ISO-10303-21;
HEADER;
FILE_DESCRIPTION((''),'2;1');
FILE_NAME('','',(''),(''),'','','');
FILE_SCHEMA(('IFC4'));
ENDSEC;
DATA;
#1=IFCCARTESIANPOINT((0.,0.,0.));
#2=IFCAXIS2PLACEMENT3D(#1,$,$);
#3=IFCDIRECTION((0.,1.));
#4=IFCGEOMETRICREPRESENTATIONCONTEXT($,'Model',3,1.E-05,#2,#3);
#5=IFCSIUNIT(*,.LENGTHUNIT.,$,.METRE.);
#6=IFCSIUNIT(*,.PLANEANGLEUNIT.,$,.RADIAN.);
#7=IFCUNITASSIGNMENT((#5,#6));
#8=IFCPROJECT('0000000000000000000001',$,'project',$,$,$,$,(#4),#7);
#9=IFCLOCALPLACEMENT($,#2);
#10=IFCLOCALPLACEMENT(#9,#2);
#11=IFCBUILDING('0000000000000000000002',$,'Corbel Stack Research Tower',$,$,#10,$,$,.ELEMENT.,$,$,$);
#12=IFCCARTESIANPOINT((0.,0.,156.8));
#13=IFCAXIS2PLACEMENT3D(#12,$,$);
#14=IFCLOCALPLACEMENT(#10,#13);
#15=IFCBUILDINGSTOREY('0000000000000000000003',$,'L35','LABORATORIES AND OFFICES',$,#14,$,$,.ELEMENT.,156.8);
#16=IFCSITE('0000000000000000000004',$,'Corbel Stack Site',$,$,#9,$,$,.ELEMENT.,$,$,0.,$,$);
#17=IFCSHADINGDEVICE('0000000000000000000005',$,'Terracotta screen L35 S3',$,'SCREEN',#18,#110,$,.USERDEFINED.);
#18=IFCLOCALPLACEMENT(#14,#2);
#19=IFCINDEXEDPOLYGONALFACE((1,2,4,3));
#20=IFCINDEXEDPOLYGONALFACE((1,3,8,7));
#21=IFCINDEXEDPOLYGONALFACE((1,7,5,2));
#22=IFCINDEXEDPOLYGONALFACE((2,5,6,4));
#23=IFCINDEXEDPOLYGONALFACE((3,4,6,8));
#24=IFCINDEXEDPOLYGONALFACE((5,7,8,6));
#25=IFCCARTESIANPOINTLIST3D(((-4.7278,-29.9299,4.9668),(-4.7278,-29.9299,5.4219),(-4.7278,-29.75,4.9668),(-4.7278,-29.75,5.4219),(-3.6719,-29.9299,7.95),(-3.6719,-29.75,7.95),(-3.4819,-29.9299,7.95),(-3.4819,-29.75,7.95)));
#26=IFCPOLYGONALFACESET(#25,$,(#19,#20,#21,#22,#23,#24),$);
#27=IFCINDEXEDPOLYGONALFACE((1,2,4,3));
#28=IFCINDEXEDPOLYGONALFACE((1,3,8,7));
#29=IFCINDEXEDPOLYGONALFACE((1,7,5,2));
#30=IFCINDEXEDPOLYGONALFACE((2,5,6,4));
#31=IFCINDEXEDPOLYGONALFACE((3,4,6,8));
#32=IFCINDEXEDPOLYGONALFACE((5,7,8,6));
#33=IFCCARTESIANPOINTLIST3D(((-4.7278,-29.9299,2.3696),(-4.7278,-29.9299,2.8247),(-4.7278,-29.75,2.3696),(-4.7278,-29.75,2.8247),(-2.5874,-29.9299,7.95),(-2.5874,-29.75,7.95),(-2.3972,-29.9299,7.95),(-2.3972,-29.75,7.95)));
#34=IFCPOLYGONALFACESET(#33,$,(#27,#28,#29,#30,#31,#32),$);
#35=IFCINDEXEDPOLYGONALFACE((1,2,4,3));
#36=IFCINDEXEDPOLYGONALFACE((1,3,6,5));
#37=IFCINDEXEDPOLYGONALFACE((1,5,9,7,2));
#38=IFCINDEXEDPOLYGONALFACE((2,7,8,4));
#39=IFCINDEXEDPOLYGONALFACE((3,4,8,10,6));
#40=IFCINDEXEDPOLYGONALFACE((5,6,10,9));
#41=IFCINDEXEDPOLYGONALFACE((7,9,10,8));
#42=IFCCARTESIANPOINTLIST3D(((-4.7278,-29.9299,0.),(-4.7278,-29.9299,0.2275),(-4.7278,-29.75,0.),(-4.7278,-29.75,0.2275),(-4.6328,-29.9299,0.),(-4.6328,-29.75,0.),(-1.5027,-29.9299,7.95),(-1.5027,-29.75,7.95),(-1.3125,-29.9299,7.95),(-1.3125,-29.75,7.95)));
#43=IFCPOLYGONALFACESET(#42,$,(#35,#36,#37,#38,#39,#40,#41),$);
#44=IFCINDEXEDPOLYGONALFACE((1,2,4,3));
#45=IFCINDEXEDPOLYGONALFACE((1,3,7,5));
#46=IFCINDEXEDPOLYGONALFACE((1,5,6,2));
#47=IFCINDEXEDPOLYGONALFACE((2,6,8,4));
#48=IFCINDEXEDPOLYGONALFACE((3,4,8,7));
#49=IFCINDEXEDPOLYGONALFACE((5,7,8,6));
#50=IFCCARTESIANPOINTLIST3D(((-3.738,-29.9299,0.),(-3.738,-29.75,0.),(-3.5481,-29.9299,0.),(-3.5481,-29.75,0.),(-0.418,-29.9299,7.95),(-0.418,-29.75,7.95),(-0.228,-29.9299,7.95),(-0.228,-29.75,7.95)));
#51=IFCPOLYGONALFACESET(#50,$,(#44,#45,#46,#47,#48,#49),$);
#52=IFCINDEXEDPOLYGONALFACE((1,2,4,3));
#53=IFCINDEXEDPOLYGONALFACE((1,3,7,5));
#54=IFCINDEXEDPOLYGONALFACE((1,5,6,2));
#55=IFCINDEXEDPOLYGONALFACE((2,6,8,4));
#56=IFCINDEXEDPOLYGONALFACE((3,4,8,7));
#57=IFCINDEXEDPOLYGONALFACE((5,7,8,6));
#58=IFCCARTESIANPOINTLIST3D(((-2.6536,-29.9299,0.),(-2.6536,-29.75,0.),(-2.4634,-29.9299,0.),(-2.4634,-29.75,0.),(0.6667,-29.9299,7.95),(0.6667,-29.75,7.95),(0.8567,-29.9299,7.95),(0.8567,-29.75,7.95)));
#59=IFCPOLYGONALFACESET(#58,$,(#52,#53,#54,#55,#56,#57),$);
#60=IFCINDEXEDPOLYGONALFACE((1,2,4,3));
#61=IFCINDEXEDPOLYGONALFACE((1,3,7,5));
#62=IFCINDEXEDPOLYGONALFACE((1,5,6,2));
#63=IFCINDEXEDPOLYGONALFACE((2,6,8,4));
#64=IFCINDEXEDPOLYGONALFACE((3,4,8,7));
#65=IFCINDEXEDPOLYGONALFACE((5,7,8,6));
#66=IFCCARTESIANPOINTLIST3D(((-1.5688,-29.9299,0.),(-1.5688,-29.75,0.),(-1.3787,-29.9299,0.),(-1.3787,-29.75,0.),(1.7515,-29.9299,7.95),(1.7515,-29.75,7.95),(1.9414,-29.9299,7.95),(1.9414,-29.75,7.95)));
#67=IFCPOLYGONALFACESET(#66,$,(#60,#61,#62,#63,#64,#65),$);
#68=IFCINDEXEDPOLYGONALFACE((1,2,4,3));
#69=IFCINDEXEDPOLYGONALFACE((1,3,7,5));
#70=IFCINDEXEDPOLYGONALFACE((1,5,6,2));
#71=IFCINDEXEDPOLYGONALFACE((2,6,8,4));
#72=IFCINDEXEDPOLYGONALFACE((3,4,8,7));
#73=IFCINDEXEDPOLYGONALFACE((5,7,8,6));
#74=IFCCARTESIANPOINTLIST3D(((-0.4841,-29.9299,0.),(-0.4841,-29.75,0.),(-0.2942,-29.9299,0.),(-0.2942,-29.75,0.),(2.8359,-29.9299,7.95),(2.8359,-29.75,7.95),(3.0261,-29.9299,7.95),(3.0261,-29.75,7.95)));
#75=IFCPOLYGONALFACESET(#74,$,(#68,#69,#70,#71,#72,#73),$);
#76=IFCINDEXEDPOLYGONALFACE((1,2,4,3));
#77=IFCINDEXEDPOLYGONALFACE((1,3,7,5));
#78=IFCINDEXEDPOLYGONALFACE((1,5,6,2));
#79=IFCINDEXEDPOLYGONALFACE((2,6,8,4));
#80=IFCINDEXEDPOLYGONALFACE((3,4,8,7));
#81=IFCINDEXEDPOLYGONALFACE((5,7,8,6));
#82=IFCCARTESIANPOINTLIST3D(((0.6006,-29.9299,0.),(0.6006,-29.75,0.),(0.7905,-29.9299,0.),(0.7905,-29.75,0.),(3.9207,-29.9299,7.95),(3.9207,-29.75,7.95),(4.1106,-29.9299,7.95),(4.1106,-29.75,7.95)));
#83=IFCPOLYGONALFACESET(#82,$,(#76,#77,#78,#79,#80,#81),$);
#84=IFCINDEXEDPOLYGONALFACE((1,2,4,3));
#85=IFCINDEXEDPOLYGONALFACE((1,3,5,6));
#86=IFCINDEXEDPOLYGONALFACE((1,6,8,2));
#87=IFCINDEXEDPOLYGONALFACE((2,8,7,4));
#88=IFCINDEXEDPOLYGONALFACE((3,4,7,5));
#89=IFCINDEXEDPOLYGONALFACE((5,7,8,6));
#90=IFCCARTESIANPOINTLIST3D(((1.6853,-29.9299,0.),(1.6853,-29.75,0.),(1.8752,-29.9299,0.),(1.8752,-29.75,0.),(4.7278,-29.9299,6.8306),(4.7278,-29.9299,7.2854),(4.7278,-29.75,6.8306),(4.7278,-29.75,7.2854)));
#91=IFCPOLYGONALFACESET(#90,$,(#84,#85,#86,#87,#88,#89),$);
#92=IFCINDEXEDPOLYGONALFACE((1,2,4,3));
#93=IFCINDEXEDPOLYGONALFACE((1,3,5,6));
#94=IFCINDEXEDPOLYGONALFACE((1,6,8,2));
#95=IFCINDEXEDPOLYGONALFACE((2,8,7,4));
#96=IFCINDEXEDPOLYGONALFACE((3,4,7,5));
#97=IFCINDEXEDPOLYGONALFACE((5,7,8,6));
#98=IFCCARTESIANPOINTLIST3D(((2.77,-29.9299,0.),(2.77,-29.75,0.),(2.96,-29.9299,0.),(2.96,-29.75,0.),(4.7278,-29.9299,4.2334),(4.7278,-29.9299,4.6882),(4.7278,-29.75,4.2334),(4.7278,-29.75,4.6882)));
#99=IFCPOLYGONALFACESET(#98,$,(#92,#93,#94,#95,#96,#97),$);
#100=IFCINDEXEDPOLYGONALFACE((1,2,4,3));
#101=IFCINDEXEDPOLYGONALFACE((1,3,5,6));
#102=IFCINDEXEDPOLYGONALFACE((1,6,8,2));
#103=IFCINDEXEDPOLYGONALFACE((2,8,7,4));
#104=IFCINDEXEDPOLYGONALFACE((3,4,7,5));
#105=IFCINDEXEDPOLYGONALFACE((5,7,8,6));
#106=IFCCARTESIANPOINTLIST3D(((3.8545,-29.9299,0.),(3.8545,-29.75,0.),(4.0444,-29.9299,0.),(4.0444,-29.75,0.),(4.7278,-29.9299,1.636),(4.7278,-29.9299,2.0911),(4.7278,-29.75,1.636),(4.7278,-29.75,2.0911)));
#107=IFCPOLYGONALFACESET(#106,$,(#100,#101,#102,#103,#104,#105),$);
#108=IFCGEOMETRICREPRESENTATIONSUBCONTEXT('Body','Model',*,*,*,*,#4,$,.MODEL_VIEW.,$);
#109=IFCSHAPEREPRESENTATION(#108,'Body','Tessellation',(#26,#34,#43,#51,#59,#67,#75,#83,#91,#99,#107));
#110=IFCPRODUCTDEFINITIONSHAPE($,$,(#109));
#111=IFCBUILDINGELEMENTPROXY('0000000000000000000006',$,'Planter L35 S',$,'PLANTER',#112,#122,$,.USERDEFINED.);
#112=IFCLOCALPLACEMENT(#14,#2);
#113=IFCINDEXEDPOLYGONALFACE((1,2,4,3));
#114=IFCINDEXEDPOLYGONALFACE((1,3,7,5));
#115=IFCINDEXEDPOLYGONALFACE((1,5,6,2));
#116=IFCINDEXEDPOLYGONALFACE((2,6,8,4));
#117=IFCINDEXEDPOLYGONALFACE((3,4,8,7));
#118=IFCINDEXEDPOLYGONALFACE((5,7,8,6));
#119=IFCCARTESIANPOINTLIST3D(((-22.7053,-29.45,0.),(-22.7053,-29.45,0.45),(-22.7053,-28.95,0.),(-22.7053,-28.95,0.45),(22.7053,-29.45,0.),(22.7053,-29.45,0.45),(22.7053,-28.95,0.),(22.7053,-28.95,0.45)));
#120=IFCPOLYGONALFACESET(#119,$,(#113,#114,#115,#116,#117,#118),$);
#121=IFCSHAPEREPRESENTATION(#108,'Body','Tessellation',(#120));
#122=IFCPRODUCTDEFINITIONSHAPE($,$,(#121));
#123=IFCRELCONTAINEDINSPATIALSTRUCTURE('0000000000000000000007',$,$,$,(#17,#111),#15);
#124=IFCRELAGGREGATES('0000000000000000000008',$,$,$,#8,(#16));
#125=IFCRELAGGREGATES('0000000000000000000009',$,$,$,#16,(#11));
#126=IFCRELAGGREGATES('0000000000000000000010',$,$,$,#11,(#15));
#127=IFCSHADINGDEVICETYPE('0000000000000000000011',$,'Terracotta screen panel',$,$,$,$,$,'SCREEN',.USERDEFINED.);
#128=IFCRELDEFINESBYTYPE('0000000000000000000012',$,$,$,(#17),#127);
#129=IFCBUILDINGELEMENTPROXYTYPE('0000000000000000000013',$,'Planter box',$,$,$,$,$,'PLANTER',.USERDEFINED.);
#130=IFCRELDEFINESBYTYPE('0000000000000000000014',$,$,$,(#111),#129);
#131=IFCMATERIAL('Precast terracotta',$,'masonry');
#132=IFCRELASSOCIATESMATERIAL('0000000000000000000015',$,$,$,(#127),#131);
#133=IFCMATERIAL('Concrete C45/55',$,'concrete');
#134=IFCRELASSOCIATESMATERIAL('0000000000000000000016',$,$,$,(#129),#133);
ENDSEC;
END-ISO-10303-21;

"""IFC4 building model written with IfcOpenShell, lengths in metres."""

from ifc_helpers import new_model, si_unit, direction, frame, origin, origin_2d, place, context, subcontext, project, spatial, polyline, rectangle, outline, extrude, source, transform, mapped, material, type_object, element, save


model = new_model("IFC4")

# Units and contexts
model_context = context("Model", 3, precision=1e-05, world=origin(), true_north=direction((0.0, 1.0)))
body_context = subcontext(model_context, "Body", "Model", "MODEL_VIEW")
ifc_project = project(units=[si_unit("LENGTHUNIT", "METRE"), si_unit("PLANEANGLEUNIT", "RADIAN")], contexts=[model_context])

# Site, building, storey
site_placement = place(None, origin())
site = spatial("IfcSite", under=ifc_project, at=site_placement, Name="Corbel Stack Site", CompositionType="ELEMENT", RefElevation=0.0)
building_placement = place(site_placement, origin())
building = spatial("IfcBuilding", under=site, at=building_placement, Name="Corbel Stack Research Tower", CompositionType="ELEMENT")
storey_placement = place(building_placement, frame((0.0, 0.0, 156.8)))
storey = spatial("IfcBuildingStorey", under=building, at=storey_placement, Name="L35", Description="LABORATORIES AND OFFICES", CompositionType="ELEMENT", Elevation=156.8)

# Shading device
ifc_material_1 = material(Name="Precast terracotta", Category="masonry")
shading_device_type = type_object("IfcShadingDeviceType", Name="Terracotta screen panel", ElementType="SCREEN", PredefinedType="USERDEFINED", material=ifc_material_1)
shared_shape = source(origin(), body_context, "Body", "SweptSolid", [
    extrude(outline(polyline([(1.2458, 7.95), (1.0559, 7.95), (0.0, 5.4219), (0.0, 4.9668), (1.2458, 7.95)])), frame((0.0, 0.0, 0.0), z_axis=(0.0, -1.0, 0.0), x_axis=(1.0, 0.0, 0.0)), (0.0, 0.0, 1.0), 0.1799),
    extrude(outline(polyline([(2.3306, 7.95), (2.1404, 7.95), (0.0, 2.8247), (0.0, 2.3696), (2.3306, 7.95)])), frame((0.0, 0.0, 0.0), z_axis=(0.0, -1.0, 0.0), x_axis=(1.0, 0.0, 0.0)), (0.0, 0.0, 1.0), 0.1799),
    extrude(outline(polyline([(0.095, 0.0), (3.4153, 7.95), (3.2251, 7.95), (0.0, 0.2275), (0.0, 0.0), (0.095, 0.0)])), frame((0.0, 0.0, 0.0), z_axis=(0.0, -1.0, 0.0), x_axis=(1.0, 0.0, 0.0)), (0.0, 0.0, 1.0), 0.1799),
    extrude(outline(polyline([(1.1797, 0.0), (4.4998, 7.95), (4.3098, 7.95), (0.9897, 0.0), (1.1797, 0.0)])), frame((0.0, 0.0, 0.0), z_axis=(0.0, -1.0, 0.0), x_axis=(1.0, 0.0, 0.0)), (0.0, 0.0, 1.0), 0.1799),
    extrude(outline(polyline([(2.2644, 0.0), (5.5845, 7.95), (5.3945, 7.95), (2.0742, 0.0), (2.2644, 0.0)])), frame((0.0, 0.0, 0.0), z_axis=(0.0, -1.0, 0.0), x_axis=(1.0, 0.0, 0.0)), (0.0, 0.0, 1.0), 0.1799),
    extrude(outline(polyline([(3.3491, 0.0), (6.6692, 7.95), (6.4792, 7.95), (3.1589, 0.0), (3.3491, 0.0)])), frame((0.0, 0.0, 0.0), z_axis=(0.0, -1.0, 0.0), x_axis=(1.0, 0.0, 0.0)), (0.0, 0.0, 1.0), 0.1799),
    extrude(outline(polyline([(4.4336, 0.0), (7.7539, 7.95), (7.5637, 7.95), (4.2437, 0.0), (4.4336, 0.0)])), frame((0.0, 0.0, 0.0), z_axis=(0.0, -1.0, 0.0), x_axis=(1.0, 0.0, 0.0)), (0.0, 0.0, 1.0), 0.1799),
    extrude(outline(polyline([(5.5183, 0.0), (8.8384, 7.95), (8.6484, 7.95), (5.3284, 0.0), (5.5183, 0.0)])), frame((0.0, 0.0, 0.0), z_axis=(0.0, -1.0, 0.0), x_axis=(1.0, 0.0, 0.0)), (0.0, 0.0, 1.0), 0.1799),
    extrude(outline(polyline([(6.603, 0.0), (9.4556, 6.8306), (9.4556, 7.2854), (6.4131, 0.0), (6.603, 0.0)])), frame((0.0, 0.0, 0.0), z_axis=(0.0, -1.0, 0.0), x_axis=(1.0, 0.0, 0.0)), (0.0, 0.0, 1.0), 0.1799),
    extrude(outline(polyline([(7.6877, 0.0), (9.4556, 4.2334), (9.4556, 4.6882), (7.4978, 0.0), (7.6877, 0.0)])), frame((0.0, 0.0, 0.0), z_axis=(0.0, -1.0, 0.0), x_axis=(1.0, 0.0, 0.0)), (0.0, 0.0, 1.0), 0.1799),
    extrude(outline(polyline([(8.7722, 0.0), (9.4556, 1.636), (9.4556, 2.0911), (8.5823, 0.0), (8.7722, 0.0)])), frame((0.0, 0.0, 0.0), z_axis=(0.0, -1.0, 0.0), x_axis=(1.0, 0.0, 0.0)), (0.0, 0.0, 1.0), 0.1799),
])
shading_device_placement = place(storey_placement, frame((-4.7278, -29.75, 0.0), z_axis=(0.0, 0.0, 1.0), x_axis=(1.0, 0.0, 0.0)))
element("IfcShadingDevice", 1, at=shading_device_placement, inside=storey, type_object=shading_device_type, Name="Terracotta screen L35 S3", ObjectType="SCREEN", PredefinedType="USERDEFINED", context=body_context, shape_type="MappedRepresentation", body=[
    mapped(shared_shape, transform((0.0, 0.0, 0.0))),
])

# Building element proxy
ifc_material_2 = material(Name="Concrete C45/55", Category="concrete")
building_element_proxy_type = type_object("IfcBuildingElementProxyType", Name="Planter box", ElementType="PLANTER", PredefinedType="USERDEFINED", material=ifc_material_2)
proxy_placement = place(storey_placement, frame((0.0, -29.2, 0.0), z_axis=(0.0, 0.0, 1.0), x_axis=(1.0, 0.0, 0.0)))
element("IfcBuildingElementProxy", 2, at=proxy_placement, inside=storey, type_object=building_element_proxy_type, Name="Planter L35 S", ObjectType="PLANTER", PredefinedType="USERDEFINED", context=body_context, shape_type="SweptSolid", body=[
    extrude(rectangle(XDim=45.4106, YDim=0.5, at=origin_2d()), origin(), (0.0, 0.0, 1.0), 0.45),
])

save(model, "model.ifc")
